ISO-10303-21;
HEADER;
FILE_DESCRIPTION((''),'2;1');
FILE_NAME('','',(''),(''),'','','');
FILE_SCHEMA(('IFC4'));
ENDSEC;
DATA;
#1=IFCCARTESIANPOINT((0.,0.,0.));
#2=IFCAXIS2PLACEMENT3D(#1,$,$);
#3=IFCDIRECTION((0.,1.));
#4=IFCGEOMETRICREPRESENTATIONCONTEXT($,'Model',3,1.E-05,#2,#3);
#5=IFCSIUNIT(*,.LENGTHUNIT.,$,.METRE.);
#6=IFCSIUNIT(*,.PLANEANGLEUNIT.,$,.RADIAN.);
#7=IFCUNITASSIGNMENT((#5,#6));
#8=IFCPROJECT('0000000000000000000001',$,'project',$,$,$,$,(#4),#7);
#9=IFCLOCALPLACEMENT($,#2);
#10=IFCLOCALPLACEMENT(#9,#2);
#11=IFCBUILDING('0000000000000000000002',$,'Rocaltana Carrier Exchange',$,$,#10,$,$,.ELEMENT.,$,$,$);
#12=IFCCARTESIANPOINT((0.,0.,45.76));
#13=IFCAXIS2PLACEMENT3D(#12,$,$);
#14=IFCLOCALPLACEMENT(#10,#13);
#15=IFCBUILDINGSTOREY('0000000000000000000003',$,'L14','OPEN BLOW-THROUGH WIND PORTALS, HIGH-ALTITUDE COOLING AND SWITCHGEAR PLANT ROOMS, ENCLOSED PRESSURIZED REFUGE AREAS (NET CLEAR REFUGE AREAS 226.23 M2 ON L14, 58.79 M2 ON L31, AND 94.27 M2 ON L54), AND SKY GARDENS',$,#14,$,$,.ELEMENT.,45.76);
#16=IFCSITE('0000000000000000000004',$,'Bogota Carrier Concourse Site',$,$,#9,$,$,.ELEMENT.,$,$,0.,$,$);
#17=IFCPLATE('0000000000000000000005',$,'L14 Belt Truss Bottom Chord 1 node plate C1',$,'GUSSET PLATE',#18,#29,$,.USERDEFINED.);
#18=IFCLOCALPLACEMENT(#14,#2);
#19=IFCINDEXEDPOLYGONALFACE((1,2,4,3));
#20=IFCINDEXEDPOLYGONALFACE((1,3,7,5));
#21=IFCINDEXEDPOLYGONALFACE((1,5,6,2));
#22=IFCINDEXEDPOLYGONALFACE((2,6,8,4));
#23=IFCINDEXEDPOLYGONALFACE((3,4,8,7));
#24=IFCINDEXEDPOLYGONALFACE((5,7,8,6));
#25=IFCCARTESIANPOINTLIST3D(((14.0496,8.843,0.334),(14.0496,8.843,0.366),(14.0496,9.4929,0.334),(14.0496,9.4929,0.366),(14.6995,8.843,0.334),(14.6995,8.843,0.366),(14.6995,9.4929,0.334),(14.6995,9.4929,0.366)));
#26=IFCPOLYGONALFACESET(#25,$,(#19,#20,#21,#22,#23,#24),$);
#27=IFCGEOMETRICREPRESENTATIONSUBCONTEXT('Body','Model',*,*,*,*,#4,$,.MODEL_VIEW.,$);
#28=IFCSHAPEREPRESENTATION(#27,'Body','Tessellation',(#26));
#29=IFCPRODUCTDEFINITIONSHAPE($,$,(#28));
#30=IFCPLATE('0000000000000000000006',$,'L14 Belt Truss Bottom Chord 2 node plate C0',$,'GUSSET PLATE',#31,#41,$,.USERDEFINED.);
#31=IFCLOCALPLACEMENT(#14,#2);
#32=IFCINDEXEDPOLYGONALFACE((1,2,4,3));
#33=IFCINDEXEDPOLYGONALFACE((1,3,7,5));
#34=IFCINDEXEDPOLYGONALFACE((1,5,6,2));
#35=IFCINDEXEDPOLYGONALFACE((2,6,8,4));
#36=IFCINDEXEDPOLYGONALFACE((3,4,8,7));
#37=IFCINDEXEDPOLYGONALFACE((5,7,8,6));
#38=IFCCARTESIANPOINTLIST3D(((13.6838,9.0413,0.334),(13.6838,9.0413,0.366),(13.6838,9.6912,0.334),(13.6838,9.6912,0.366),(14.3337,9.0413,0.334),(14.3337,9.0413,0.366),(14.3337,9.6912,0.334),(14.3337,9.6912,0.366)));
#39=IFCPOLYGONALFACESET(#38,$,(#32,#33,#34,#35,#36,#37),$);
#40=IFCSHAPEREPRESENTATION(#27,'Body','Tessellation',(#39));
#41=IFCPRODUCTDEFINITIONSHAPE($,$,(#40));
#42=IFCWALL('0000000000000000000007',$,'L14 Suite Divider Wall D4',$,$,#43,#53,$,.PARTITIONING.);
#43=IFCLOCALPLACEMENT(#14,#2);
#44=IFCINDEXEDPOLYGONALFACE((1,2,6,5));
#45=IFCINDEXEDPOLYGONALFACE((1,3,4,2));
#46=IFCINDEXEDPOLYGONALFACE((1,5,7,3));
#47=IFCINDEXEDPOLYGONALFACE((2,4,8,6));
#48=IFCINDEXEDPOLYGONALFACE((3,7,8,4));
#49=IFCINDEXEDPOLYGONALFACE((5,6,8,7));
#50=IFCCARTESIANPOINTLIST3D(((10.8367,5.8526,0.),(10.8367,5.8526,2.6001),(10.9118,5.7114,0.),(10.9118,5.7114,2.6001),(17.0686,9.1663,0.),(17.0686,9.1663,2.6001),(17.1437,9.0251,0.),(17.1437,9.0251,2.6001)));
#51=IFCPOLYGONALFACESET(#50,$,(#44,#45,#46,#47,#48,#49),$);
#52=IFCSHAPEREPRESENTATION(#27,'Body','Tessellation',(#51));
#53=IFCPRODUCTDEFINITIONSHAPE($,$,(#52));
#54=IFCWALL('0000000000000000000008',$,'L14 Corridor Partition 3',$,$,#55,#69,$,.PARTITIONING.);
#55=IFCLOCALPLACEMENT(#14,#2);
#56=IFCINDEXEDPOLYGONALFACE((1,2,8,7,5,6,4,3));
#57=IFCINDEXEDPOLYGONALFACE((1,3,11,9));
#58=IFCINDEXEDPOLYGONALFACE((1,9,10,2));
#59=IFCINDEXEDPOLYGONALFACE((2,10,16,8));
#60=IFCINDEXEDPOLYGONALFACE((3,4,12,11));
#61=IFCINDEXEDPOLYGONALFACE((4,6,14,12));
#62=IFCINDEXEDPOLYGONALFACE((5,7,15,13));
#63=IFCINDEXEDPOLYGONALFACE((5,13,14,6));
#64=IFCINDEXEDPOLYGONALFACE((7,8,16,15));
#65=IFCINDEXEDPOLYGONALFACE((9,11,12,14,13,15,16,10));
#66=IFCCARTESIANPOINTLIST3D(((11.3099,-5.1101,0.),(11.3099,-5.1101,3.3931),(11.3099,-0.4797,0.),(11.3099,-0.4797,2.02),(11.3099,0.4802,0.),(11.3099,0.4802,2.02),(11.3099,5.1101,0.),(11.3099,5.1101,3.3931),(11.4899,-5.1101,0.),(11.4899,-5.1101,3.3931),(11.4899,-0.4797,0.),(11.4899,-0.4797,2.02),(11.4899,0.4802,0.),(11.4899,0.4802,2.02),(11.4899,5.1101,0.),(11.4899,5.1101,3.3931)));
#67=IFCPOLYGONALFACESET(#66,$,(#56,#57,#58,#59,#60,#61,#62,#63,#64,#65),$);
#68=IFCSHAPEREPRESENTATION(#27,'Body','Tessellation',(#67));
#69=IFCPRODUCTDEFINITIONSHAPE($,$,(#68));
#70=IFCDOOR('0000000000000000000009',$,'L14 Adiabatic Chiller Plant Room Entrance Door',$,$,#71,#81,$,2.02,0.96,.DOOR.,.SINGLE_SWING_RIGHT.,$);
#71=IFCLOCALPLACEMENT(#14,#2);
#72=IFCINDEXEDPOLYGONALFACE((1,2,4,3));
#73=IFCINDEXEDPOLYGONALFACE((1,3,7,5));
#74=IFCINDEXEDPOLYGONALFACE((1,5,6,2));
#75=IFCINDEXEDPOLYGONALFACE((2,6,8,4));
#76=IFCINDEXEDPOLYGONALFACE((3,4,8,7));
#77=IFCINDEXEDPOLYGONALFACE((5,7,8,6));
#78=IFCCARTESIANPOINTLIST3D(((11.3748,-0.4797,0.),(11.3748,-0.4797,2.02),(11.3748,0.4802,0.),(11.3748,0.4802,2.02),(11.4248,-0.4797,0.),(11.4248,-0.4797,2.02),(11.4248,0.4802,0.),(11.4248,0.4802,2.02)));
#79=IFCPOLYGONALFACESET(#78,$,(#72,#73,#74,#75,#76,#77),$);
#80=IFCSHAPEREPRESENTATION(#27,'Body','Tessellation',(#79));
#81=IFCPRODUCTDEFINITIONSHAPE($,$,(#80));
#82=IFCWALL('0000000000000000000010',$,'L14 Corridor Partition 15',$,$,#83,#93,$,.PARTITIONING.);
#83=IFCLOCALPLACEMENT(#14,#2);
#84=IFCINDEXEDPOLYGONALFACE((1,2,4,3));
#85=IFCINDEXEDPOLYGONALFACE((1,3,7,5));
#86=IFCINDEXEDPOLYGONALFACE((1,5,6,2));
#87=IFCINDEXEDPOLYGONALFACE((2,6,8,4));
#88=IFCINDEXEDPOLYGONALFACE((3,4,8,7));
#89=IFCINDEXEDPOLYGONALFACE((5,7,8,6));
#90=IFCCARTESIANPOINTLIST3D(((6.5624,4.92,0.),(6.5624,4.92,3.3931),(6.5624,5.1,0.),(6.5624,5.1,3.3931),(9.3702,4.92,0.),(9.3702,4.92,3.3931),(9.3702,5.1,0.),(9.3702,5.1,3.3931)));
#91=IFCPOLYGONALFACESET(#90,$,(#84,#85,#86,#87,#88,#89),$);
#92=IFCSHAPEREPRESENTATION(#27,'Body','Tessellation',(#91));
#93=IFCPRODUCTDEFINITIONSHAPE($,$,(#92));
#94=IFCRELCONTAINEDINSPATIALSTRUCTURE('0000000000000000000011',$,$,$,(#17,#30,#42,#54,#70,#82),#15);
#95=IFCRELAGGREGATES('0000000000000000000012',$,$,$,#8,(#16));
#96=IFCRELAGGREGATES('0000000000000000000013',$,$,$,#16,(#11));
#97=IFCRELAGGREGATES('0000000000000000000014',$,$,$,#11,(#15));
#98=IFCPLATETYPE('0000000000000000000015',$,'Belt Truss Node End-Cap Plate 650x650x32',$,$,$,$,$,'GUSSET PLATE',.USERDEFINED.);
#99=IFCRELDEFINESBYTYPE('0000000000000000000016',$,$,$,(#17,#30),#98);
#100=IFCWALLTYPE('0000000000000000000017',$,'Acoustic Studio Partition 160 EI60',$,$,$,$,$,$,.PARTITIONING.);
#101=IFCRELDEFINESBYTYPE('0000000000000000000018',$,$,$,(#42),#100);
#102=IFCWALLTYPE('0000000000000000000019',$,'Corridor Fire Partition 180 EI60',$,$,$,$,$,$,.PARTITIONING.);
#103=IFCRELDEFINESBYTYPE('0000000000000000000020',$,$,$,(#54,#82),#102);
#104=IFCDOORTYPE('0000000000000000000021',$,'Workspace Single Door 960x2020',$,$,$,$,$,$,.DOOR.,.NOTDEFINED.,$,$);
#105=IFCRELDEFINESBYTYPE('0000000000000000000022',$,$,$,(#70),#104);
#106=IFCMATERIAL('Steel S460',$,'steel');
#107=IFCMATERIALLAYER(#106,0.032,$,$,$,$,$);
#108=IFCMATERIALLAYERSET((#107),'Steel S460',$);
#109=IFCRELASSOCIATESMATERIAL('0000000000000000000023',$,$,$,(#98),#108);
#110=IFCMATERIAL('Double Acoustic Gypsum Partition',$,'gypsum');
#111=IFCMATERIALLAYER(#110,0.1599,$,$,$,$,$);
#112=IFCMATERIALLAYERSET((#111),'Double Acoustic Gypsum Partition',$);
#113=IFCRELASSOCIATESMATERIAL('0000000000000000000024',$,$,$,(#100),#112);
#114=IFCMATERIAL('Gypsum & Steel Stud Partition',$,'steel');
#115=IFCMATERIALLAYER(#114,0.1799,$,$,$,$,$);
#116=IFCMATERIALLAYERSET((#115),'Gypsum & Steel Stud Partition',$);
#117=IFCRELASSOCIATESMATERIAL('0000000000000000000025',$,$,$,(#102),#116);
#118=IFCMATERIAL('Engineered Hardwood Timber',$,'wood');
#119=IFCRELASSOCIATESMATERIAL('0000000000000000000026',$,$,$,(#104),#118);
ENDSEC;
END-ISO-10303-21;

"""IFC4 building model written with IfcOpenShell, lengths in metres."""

from ifc_helpers import new_model, si_unit, direction, frame, frame_2d, origin, origin_2d, place, context, subcontext, project, spatial, rectangle, extrude, material, layer, layer_set, type_object, element, fill, save


model = new_model("IFC4")

# Units and contexts
model_context = context("Model", 3, precision=1e-05, world=origin(), true_north=direction((0.0, 1.0)))
body_context = subcontext(model_context, "Body", "Model", "MODEL_VIEW")
ifc_project = project(units=[si_unit("LENGTHUNIT", "METRE"), si_unit("PLANEANGLEUNIT", "RADIAN")], contexts=[model_context])

# Site, building, storey
site_placement = place(None, origin())
site = spatial("IfcSite", under=ifc_project, at=site_placement, Name="Bogota Carrier Concourse Site", CompositionType="ELEMENT", RefElevation=0.0)
building_placement = place(site_placement, origin())
building = spatial("IfcBuilding", under=site, at=building_placement, Name="Rocaltana Carrier Exchange", CompositionType="ELEMENT")
storey_placement = place(building_placement, frame((0.0, 0.0, 45.76)))
storey = spatial("IfcBuildingStorey", under=building, at=storey_placement, Name="L14", Description="OPEN BLOW-THROUGH WIND PORTALS, HIGH-ALTITUDE COOLING AND SWITCHGEAR PLANT ROOMS, ENCLOSED PRESSURIZED REFUGE AREAS (NET CLEAR REFUGE AREAS 226.23 M2 ON L14, 58.79 M2 ON L31, AND 94.27 M2 ON L54), AND SKY GARDENS", CompositionType="ELEMENT", Elevation=45.76)

# Plates
ifc_material_1 = material(Name="Steel S460", Category="steel")
ifc_layer_1 = layer(ifc_material_1, 0.032)
ifc_layer_set_1 = layer_set([ifc_layer_1], Name="Steel S460")
plate_type = type_object("IfcPlateType", Name="Belt Truss Node End-Cap Plate 650x650x32", ElementType="GUSSET PLATE", PredefinedType="USERDEFINED", material=ifc_layer_set_1)
for number, where, z_axis, x_axis, name in (
    (1, (14.3745, 9.168, 0.334), (0.0, 0.0, 1.0), (1.0, 0.0, 0.0), "L14 Belt Truss Bottom Chord 1 node plate C1"),
    (2, (14.0088, 9.3662, 0.334), (0.0, 0.0, 1.0), (1.0, 0.0, 0.0), "L14 Belt Truss Bottom Chord 2 node plate C0"),
):
    element("IfcPlate", number, at=place(storey_placement, frame(where, z_axis=z_axis, x_axis=x_axis)), inside=storey, type_object=plate_type, Name=name, ObjectType="GUSSET PLATE", PredefinedType="USERDEFINED", context=body_context, shape_type="SweptSolid", body=[
        extrude(rectangle(XDim=0.6499, YDim=0.6499, at=origin_2d()), origin(), (0.0, 0.0, 1.0), 0.032),
    ])

# Wall
ifc_material_2 = material(Name="Double Acoustic Gypsum Partition", Category="gypsum")
ifc_layer_2 = layer(ifc_material_2, 0.1599)
ifc_layer_set_2 = layer_set([ifc_layer_2], Name="Double Acoustic Gypsum Partition")
wall_type_1 = type_object("IfcWallType", Name="Acoustic Studio Partition 160 EI60", PredefinedType="PARTITIONING", material=ifc_layer_set_2)
wall_1_placement = place(storey_placement, frame((10.8743, 5.782, 0.0), z_axis=(0.0, 0.0, 1.0), x_axis=(0.882939, 0.469487, 0.0)))
element("IfcWall", 3, at=wall_1_placement, inside=storey, type_object=wall_type_1, Name="L14 Suite Divider Wall D4", PredefinedType="PARTITIONING", context=body_context, shape_type="SweptSolid", body=[
    extrude(rectangle(XDim=7.0581, YDim=0.1599, at=frame_2d((3.5291, 0.0))), origin(), (0.0, 0.0, 1.0), 2.6001),
])

# Wall, opening, door
ifc_material_3 = material(Name="Gypsum & Steel Stud Partition", Category="steel")
ifc_layer_3 = layer(ifc_material_3, 0.1799)
ifc_layer_set_3 = layer_set([ifc_layer_3], Name="Gypsum & Steel Stud Partition")
wall_type_2 = type_object("IfcWallType", Name="Corridor Fire Partition 180 EI60", PredefinedType="PARTITIONING", material=ifc_layer_set_3)
wall_2_placement = place(storey_placement, frame((11.3999, 5.1101, 0.0), z_axis=(0.0, 0.0, 1.0), x_axis=(0.0, -1.0, 0.0)))
wall_2 = element("IfcWall", 4, at=wall_2_placement, inside=storey, type_object=wall_type_2, Name="L14 Corridor Partition 3", PredefinedType="PARTITIONING", context=body_context, shape_type="SweptSolid", body=[
    extrude(rectangle(XDim=10.2202, YDim=0.1799, at=frame_2d((5.1101, 0.0))), origin(), (0.0, 0.0, 1.0), 3.3931),
])
opening_placement = place(wall_2_placement, frame((4.6299, 0.0, 0.0)))
opening = element("IfcOpeningElement", 5, at=opening_placement, cuts=wall_2, PredefinedType="OPENING", context=body_context, shape_type="SweptSolid", body=[
    extrude(rectangle(XDim=0.96, YDim=2.02, at=frame_2d((0.48, 1.01))), frame((0.0, 0.0999, 0.0), z_axis=(0.0, -1.0, 0.0), x_axis=(1.0, 0.0, 0.0)), (0.0, 0.0, 1.0), 0.2),
])
ifc_material_4 = material(Name="Engineered Hardwood Timber", Category="wood")
door_type = type_object("IfcDoorType", Name="Workspace Single Door 960x2020", OperationType="NOTDEFINED", PredefinedType="DOOR", material=ifc_material_4)
door_placement = place(opening_placement, origin())
door = element("IfcDoor", 6, at=door_placement, inside=storey, type_object=door_type, Name="L14 Adiabatic Chiller Plant Room Entrance Door", OperationType="SINGLE_SWING_RIGHT", OverallHeight=2.02, OverallWidth=0.96, PredefinedType="DOOR", context=body_context, shape_type="SweptSolid", body=[
    extrude(rectangle(XDim=0.96, YDim=2.02, at=frame_2d((0.48, 1.01))), frame((0.0, 0.0249, 0.0), z_axis=(0.0, -1.0, 0.0), x_axis=(1.0, 0.0, 0.0)), (0.0, 0.0, 1.0), 0.05),
])
fill(opening, door)

# Wall
wall_3_placement = place(storey_placement, frame((9.3701, 5.01, 0.0), z_axis=(0.0, 0.0, 1.0), x_axis=(-1.0, 0.0, 0.0)))
element("IfcWall", 7, at=wall_3_placement, inside=storey, type_object=wall_type_2, Name="L14 Corridor Partition 15", PredefinedType="PARTITIONING", context=body_context, shape_type="SweptSolid", body=[
    extrude(rectangle(XDim=2.8079, YDim=0.1799, at=frame_2d((1.4038, 0.0))), origin(), (0.0, 0.0, 1.0), 3.3931),
])

save(model, "model.ifc")
